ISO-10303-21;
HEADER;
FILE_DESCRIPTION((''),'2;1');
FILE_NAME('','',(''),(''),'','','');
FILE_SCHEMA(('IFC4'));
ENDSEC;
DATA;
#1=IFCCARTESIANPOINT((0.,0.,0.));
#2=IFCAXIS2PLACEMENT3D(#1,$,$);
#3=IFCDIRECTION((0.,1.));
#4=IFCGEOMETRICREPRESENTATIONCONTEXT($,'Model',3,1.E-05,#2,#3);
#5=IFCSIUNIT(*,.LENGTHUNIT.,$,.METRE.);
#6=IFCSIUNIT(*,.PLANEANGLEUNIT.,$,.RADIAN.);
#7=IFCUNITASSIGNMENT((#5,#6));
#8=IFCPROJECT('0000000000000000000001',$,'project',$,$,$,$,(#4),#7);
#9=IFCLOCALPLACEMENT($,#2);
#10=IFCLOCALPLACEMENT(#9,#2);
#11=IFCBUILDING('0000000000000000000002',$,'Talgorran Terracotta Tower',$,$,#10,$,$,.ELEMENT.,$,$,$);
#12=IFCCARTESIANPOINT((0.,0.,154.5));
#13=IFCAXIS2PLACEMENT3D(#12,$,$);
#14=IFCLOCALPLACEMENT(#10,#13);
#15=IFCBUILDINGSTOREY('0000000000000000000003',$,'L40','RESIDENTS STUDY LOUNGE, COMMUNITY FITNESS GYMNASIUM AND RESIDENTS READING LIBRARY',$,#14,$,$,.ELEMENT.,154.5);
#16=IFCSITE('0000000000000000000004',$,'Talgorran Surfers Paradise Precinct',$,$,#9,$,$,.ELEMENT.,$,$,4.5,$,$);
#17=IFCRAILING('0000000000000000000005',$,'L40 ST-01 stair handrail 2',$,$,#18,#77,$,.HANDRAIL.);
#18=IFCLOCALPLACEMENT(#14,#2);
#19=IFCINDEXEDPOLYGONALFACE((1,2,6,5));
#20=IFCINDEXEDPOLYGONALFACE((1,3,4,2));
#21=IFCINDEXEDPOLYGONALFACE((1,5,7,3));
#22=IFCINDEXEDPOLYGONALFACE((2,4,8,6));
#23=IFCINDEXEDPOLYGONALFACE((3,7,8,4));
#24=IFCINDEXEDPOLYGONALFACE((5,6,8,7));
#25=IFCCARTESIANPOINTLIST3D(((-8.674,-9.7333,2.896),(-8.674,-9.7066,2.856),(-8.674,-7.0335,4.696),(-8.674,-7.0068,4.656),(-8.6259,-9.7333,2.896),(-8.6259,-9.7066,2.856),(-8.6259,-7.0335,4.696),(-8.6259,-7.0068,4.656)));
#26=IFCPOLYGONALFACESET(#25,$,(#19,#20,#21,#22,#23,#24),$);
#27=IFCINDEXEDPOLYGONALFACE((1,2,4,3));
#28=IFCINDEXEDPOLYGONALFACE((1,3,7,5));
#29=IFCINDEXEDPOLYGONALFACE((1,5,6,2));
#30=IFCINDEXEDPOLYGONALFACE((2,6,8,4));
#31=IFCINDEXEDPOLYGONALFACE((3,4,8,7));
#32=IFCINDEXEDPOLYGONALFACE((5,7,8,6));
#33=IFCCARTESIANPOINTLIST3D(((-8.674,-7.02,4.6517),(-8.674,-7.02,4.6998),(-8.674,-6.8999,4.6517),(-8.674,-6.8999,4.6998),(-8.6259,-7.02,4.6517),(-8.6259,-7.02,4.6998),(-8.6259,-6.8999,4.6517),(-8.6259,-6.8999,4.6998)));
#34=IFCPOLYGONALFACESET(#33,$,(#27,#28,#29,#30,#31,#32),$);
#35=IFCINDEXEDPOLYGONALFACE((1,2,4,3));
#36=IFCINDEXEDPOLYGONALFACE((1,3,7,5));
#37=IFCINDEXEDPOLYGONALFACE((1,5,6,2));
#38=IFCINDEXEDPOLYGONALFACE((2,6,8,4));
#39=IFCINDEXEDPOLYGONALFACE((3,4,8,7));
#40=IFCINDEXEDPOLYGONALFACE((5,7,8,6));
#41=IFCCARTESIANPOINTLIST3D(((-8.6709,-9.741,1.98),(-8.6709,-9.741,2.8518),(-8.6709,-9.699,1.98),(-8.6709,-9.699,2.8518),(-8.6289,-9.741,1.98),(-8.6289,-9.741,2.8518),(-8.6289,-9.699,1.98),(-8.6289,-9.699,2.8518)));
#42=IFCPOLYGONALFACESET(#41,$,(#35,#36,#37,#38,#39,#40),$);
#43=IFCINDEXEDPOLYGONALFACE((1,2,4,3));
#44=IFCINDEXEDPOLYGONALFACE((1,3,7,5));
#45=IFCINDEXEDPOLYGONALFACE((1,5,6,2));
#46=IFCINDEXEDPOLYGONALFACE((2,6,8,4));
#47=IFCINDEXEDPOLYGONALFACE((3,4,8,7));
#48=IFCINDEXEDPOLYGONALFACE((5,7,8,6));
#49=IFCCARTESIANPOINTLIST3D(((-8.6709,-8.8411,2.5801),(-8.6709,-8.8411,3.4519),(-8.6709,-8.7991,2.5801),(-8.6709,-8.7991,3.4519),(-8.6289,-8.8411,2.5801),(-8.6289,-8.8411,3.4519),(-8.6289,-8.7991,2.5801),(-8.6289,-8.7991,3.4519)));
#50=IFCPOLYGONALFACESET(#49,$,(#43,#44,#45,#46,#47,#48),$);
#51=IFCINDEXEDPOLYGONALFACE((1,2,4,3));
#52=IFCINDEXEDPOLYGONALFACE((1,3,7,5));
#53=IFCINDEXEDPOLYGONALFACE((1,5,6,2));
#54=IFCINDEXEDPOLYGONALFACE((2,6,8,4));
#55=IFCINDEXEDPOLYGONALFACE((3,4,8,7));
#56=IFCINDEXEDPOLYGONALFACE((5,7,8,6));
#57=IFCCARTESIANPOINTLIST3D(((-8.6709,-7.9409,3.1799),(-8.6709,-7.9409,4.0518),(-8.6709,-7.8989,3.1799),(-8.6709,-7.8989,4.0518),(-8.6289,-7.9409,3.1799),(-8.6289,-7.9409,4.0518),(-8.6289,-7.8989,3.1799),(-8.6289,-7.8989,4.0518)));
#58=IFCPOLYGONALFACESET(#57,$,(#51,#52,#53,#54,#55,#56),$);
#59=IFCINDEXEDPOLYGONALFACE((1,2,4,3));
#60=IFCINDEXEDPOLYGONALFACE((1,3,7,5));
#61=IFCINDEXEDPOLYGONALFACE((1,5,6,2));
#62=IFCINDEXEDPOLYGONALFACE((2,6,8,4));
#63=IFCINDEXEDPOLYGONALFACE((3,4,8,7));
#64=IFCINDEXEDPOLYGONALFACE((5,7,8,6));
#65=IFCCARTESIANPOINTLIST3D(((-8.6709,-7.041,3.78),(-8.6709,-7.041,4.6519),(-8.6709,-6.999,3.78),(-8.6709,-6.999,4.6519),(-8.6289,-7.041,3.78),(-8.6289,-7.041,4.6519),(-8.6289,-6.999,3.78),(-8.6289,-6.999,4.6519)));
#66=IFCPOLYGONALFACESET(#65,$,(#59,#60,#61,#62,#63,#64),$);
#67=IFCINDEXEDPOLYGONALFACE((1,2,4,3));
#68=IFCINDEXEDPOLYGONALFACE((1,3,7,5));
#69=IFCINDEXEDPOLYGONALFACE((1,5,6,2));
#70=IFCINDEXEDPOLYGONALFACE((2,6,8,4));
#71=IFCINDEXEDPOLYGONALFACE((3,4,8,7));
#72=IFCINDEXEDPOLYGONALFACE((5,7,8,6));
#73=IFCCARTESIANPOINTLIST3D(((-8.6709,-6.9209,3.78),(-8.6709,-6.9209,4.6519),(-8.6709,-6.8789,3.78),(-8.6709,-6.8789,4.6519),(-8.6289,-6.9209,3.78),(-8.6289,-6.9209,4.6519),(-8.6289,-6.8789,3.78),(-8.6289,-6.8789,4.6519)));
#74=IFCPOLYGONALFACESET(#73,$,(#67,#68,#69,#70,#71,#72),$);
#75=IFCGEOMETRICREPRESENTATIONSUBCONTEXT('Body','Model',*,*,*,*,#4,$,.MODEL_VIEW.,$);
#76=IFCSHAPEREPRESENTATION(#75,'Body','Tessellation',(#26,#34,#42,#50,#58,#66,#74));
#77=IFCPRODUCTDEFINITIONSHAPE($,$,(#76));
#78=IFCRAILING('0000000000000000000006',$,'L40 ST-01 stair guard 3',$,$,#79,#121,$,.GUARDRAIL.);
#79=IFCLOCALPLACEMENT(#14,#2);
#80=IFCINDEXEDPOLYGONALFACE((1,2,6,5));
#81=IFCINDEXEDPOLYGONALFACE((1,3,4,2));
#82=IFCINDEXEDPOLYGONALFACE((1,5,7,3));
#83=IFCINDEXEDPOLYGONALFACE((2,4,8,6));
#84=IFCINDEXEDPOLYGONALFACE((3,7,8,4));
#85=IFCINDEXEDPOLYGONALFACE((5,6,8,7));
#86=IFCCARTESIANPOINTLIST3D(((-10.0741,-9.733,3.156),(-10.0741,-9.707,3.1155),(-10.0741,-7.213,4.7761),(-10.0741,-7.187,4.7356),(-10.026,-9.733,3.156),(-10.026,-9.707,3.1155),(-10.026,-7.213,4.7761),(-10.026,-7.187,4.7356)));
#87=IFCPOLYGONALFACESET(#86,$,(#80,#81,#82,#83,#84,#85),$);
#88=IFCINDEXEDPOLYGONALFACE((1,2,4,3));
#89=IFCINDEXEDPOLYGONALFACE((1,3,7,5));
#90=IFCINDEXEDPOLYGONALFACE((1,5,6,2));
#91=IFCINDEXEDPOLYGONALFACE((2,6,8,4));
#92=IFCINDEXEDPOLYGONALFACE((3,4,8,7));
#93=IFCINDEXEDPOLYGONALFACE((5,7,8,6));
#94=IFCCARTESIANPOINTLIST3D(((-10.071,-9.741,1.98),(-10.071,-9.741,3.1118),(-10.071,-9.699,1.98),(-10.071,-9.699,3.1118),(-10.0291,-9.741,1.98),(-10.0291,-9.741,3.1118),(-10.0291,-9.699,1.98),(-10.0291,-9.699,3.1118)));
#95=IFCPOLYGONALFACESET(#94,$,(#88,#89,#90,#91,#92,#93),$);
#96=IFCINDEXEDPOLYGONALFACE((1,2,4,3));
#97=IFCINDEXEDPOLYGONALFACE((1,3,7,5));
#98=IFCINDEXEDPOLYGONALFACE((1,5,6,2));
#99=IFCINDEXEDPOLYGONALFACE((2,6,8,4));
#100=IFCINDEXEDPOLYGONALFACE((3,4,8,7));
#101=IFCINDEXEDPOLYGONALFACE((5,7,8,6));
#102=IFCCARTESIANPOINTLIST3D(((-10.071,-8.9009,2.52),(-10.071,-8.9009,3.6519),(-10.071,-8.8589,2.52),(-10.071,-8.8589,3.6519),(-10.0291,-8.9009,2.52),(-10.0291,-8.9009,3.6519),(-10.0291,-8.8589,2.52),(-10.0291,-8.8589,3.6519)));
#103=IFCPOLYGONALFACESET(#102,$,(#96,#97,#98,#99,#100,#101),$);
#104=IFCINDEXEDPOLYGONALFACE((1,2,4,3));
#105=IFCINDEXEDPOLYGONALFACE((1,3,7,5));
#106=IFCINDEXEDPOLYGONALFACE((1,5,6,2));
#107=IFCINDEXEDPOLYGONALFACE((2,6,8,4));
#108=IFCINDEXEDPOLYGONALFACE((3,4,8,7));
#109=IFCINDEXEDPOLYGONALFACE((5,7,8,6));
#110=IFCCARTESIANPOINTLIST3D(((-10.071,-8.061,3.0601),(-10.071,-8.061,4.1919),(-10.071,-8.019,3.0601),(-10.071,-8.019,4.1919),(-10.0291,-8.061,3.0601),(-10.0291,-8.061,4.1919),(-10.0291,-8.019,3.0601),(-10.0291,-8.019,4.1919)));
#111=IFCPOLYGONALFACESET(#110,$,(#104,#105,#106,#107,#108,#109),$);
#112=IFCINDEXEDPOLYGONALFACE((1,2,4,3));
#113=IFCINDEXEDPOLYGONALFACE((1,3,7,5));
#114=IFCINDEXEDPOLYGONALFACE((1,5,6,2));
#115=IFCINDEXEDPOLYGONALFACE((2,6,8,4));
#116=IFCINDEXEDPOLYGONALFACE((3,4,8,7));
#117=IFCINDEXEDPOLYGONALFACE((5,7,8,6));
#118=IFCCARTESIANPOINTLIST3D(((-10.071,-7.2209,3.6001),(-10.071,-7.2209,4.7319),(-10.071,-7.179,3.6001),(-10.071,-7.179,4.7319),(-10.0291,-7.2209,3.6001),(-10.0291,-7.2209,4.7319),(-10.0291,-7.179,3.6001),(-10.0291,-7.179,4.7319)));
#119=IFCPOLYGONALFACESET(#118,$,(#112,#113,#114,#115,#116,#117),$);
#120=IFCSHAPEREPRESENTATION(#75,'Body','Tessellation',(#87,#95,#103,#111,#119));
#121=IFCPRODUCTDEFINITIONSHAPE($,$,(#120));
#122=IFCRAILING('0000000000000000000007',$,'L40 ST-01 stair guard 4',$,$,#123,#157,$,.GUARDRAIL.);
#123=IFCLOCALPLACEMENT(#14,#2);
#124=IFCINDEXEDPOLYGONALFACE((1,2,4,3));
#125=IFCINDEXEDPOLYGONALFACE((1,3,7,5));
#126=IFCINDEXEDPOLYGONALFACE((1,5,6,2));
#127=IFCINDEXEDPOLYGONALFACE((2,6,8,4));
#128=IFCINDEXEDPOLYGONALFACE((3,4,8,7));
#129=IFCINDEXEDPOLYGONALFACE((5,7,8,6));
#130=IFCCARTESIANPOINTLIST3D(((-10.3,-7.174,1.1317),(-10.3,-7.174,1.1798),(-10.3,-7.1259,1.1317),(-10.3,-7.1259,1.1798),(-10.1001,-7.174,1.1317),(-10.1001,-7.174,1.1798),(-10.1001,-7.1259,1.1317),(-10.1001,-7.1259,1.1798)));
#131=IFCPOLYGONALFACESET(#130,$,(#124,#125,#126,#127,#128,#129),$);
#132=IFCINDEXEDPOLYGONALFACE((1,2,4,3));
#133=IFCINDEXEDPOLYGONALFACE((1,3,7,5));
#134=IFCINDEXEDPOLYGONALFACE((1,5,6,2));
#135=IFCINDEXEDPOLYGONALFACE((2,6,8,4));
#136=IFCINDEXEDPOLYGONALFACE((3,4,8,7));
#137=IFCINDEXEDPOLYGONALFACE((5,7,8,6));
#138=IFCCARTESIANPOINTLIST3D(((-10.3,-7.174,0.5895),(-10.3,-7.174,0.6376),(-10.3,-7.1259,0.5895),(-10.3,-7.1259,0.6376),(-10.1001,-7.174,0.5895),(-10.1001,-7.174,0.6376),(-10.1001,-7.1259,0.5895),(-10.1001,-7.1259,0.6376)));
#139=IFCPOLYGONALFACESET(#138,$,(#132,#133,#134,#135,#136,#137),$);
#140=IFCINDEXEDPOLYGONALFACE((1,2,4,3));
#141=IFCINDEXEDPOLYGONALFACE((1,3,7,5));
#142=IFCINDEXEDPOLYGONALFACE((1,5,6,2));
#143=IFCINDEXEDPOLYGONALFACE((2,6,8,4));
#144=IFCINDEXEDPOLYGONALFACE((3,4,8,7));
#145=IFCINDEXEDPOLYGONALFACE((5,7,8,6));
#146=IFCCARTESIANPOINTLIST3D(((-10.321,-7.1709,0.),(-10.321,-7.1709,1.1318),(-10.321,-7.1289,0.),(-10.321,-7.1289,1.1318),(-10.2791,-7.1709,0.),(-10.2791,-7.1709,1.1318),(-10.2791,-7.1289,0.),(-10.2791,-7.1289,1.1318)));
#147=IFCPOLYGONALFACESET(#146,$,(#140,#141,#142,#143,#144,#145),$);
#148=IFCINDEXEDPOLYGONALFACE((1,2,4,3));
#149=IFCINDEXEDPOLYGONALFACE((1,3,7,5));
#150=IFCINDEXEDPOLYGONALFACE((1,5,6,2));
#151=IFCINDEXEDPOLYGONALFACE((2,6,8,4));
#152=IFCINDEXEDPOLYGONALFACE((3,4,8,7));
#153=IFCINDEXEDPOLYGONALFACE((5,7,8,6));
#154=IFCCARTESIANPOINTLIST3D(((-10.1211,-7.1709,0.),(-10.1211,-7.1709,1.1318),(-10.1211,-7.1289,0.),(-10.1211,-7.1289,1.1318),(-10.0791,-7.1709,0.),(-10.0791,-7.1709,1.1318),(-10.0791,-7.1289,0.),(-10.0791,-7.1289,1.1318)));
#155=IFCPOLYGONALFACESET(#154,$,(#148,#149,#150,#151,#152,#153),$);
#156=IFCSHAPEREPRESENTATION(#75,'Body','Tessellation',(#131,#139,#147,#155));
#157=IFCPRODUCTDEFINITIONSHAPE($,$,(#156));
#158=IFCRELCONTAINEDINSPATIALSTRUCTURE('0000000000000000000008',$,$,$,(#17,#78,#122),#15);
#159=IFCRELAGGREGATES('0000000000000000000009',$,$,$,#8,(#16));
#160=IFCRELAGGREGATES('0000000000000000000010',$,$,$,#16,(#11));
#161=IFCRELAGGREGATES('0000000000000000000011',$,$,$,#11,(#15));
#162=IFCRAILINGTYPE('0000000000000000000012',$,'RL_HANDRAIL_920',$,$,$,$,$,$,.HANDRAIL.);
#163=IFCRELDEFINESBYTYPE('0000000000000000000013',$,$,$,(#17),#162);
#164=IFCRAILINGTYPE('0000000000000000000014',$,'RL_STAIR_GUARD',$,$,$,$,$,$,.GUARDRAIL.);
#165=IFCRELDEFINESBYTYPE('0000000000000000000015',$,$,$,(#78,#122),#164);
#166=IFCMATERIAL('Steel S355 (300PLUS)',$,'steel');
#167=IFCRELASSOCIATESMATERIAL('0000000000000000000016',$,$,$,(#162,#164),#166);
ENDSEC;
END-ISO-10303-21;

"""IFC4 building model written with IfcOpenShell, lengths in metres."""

from ifc_helpers import new_model, si_unit, direction, frame, origin, origin_2d, place, context, subcontext, project, spatial, rectangle, extrude, material, type_object, element, save


model = new_model("IFC4")

# Units and contexts
model_context = context("Model", 3, precision=1e-05, world=origin(), true_north=direction((0.0, 1.0)))
body_context = subcontext(model_context, "Body", "Model", "MODEL_VIEW")
ifc_project = project(units=[si_unit("LENGTHUNIT", "METRE"), si_unit("PLANEANGLEUNIT", "RADIAN")], contexts=[model_context])

# Site, building, storey
site_placement = place(None, origin())
site = spatial("IfcSite", under=ifc_project, at=site_placement, Name="Talgorran Surfers Paradise Precinct", CompositionType="ELEMENT", RefElevation=4.5)
building_placement = place(site_placement, origin())
building = spatial("IfcBuilding", under=site, at=building_placement, Name="Talgorran Terracotta Tower", CompositionType="ELEMENT")
storey_placement = place(building_placement, frame((0.0, 0.0, 154.5)))
storey = spatial("IfcBuildingStorey", under=building, at=storey_placement, Name="L40", Description="RESIDENTS STUDY LOUNGE, COMMUNITY FITNESS GYMNASIUM AND RESIDENTS READING LIBRARY", CompositionType="ELEMENT", Elevation=154.5)

# Railings
ifc_material_1 = material(Name="Steel S355 (300PLUS)", Category="steel")
railing_type_1 = type_object("IfcRailingType", Name="RL_HANDRAIL_920", PredefinedType="HANDRAIL", material=ifc_material_1)
railing_1_placement = place(storey_placement, frame((-8.6499, -9.72, 1.98)))
element("IfcRailing", 1, at=railing_1_placement, inside=storey, type_object=railing_type_1, Name="L40 ST-01 stair handrail 2", PredefinedType="HANDRAIL", context=body_context, shape_type="SweptSolid", body=[
    extrude(rectangle(XDim=0.0481, YDim=0.0481, at=origin_2d()), frame((0.0, 0.0, 0.896), z_axis=(0.0, 0.832039, 0.554718), x_axis=(-1.0, 0.0, 0.0)), (0.0, 0.0, 1.0), 3.2449),
    extrude(rectangle(XDim=0.0481, YDim=0.0481, at=origin_2d()), frame((0.0, 2.7, 2.6958), z_axis=(0.0, 1.0, 0.0), x_axis=(-1.0, 0.0, 0.0)), (0.0, 0.0, 1.0), 0.1201),
    extrude(rectangle(XDim=0.042, YDim=0.042, at=origin_2d()), origin(), (0.0, 0.0, 1.0), 0.8718),
    extrude(rectangle(XDim=0.042, YDim=0.042, at=origin_2d()), frame((0.0, 0.8999, 0.6001)), (0.0, 0.0, 1.0), 0.8718),
    extrude(rectangle(XDim=0.042, YDim=0.042, at=origin_2d()), frame((0.0, 1.8, 1.2)), (0.0, 0.0, 1.0), 0.8718),
    extrude(rectangle(XDim=0.042, YDim=0.042, at=origin_2d()), frame((0.0, 2.7, 1.8)), (0.0, 0.0, 1.0), 0.8718),
    extrude(rectangle(XDim=0.042, YDim=0.042, at=origin_2d()), frame((0.0, 2.8201, 1.8)), (0.0, 0.0, 1.0), 0.8718),
])
railing_type_2 = type_object("IfcRailingType", Name="RL_STAIR_GUARD", PredefinedType="GUARDRAIL", material=ifc_material_1)
railing_2_placement = place(storey_placement, frame((-10.05, -9.72, 1.98)))
element("IfcRailing", 2, at=railing_2_placement, inside=storey, type_object=railing_type_2, Name="L40 ST-01 stair guard 3", PredefinedType="GUARDRAIL", context=body_context, shape_type="SweptSolid", body=[
    extrude(rectangle(XDim=0.0481, YDim=0.0481, at=origin_2d()), frame((0.0, 0.0, 1.1558), z_axis=(0.0, 0.841163, 0.540782), x_axis=(-1.0, 0.0, 0.0)), (0.0, 0.0, 1.0), 2.9958),
    extrude(rectangle(XDim=0.042, YDim=0.042, at=origin_2d()), origin(), (0.0, 0.0, 1.0), 1.1318),
    extrude(rectangle(XDim=0.042, YDim=0.042, at=origin_2d()), frame((0.0, 0.8401, 0.54)), (0.0, 0.0, 1.0), 1.1318),
    extrude(rectangle(XDim=0.042, YDim=0.042, at=origin_2d()), frame((0.0, 1.6799, 1.0801)), (0.0, 0.0, 1.0), 1.1318),
    extrude(rectangle(XDim=0.042, YDim=0.042, at=origin_2d()), frame((0.0, 2.52, 1.6201)), (0.0, 0.0, 1.0), 1.1318),
])
railing_3_placement = place(storey_placement, frame((-10.3, -7.1499, 0.0)))
element("IfcRailing", 3, at=railing_3_placement, inside=storey, type_object=railing_type_2, Name="L40 ST-01 stair guard 4", PredefinedType="GUARDRAIL", context=body_context, shape_type="SweptSolid", body=[
    extrude(rectangle(XDim=0.0481, YDim=0.0481, at=origin_2d()), frame((0.0, 0.0, 1.1558), z_axis=(1.0, 0.0, 0.0), x_axis=(0.0, 1.0, 0.0)), (0.0, 0.0, 1.0), 0.2),
    extrude(rectangle(XDim=0.0481, YDim=0.0481, at=origin_2d()), frame((0.0, 0.0, 0.6135), z_axis=(1.0, 0.0, 0.0), x_axis=(0.0, 1.0, 0.0)), (0.0, 0.0, 1.0), 0.2),
    extrude(rectangle(XDim=0.042, YDim=0.042, at=origin_2d()), origin(), (0.0, 0.0, 1.0), 1.1318),
    extrude(rectangle(XDim=0.042, YDim=0.042, at=origin_2d()), frame((0.2, 0.0, 0.0)), (0.0, 0.0, 1.0), 1.1318),
])

save(model, "model.ifc")
